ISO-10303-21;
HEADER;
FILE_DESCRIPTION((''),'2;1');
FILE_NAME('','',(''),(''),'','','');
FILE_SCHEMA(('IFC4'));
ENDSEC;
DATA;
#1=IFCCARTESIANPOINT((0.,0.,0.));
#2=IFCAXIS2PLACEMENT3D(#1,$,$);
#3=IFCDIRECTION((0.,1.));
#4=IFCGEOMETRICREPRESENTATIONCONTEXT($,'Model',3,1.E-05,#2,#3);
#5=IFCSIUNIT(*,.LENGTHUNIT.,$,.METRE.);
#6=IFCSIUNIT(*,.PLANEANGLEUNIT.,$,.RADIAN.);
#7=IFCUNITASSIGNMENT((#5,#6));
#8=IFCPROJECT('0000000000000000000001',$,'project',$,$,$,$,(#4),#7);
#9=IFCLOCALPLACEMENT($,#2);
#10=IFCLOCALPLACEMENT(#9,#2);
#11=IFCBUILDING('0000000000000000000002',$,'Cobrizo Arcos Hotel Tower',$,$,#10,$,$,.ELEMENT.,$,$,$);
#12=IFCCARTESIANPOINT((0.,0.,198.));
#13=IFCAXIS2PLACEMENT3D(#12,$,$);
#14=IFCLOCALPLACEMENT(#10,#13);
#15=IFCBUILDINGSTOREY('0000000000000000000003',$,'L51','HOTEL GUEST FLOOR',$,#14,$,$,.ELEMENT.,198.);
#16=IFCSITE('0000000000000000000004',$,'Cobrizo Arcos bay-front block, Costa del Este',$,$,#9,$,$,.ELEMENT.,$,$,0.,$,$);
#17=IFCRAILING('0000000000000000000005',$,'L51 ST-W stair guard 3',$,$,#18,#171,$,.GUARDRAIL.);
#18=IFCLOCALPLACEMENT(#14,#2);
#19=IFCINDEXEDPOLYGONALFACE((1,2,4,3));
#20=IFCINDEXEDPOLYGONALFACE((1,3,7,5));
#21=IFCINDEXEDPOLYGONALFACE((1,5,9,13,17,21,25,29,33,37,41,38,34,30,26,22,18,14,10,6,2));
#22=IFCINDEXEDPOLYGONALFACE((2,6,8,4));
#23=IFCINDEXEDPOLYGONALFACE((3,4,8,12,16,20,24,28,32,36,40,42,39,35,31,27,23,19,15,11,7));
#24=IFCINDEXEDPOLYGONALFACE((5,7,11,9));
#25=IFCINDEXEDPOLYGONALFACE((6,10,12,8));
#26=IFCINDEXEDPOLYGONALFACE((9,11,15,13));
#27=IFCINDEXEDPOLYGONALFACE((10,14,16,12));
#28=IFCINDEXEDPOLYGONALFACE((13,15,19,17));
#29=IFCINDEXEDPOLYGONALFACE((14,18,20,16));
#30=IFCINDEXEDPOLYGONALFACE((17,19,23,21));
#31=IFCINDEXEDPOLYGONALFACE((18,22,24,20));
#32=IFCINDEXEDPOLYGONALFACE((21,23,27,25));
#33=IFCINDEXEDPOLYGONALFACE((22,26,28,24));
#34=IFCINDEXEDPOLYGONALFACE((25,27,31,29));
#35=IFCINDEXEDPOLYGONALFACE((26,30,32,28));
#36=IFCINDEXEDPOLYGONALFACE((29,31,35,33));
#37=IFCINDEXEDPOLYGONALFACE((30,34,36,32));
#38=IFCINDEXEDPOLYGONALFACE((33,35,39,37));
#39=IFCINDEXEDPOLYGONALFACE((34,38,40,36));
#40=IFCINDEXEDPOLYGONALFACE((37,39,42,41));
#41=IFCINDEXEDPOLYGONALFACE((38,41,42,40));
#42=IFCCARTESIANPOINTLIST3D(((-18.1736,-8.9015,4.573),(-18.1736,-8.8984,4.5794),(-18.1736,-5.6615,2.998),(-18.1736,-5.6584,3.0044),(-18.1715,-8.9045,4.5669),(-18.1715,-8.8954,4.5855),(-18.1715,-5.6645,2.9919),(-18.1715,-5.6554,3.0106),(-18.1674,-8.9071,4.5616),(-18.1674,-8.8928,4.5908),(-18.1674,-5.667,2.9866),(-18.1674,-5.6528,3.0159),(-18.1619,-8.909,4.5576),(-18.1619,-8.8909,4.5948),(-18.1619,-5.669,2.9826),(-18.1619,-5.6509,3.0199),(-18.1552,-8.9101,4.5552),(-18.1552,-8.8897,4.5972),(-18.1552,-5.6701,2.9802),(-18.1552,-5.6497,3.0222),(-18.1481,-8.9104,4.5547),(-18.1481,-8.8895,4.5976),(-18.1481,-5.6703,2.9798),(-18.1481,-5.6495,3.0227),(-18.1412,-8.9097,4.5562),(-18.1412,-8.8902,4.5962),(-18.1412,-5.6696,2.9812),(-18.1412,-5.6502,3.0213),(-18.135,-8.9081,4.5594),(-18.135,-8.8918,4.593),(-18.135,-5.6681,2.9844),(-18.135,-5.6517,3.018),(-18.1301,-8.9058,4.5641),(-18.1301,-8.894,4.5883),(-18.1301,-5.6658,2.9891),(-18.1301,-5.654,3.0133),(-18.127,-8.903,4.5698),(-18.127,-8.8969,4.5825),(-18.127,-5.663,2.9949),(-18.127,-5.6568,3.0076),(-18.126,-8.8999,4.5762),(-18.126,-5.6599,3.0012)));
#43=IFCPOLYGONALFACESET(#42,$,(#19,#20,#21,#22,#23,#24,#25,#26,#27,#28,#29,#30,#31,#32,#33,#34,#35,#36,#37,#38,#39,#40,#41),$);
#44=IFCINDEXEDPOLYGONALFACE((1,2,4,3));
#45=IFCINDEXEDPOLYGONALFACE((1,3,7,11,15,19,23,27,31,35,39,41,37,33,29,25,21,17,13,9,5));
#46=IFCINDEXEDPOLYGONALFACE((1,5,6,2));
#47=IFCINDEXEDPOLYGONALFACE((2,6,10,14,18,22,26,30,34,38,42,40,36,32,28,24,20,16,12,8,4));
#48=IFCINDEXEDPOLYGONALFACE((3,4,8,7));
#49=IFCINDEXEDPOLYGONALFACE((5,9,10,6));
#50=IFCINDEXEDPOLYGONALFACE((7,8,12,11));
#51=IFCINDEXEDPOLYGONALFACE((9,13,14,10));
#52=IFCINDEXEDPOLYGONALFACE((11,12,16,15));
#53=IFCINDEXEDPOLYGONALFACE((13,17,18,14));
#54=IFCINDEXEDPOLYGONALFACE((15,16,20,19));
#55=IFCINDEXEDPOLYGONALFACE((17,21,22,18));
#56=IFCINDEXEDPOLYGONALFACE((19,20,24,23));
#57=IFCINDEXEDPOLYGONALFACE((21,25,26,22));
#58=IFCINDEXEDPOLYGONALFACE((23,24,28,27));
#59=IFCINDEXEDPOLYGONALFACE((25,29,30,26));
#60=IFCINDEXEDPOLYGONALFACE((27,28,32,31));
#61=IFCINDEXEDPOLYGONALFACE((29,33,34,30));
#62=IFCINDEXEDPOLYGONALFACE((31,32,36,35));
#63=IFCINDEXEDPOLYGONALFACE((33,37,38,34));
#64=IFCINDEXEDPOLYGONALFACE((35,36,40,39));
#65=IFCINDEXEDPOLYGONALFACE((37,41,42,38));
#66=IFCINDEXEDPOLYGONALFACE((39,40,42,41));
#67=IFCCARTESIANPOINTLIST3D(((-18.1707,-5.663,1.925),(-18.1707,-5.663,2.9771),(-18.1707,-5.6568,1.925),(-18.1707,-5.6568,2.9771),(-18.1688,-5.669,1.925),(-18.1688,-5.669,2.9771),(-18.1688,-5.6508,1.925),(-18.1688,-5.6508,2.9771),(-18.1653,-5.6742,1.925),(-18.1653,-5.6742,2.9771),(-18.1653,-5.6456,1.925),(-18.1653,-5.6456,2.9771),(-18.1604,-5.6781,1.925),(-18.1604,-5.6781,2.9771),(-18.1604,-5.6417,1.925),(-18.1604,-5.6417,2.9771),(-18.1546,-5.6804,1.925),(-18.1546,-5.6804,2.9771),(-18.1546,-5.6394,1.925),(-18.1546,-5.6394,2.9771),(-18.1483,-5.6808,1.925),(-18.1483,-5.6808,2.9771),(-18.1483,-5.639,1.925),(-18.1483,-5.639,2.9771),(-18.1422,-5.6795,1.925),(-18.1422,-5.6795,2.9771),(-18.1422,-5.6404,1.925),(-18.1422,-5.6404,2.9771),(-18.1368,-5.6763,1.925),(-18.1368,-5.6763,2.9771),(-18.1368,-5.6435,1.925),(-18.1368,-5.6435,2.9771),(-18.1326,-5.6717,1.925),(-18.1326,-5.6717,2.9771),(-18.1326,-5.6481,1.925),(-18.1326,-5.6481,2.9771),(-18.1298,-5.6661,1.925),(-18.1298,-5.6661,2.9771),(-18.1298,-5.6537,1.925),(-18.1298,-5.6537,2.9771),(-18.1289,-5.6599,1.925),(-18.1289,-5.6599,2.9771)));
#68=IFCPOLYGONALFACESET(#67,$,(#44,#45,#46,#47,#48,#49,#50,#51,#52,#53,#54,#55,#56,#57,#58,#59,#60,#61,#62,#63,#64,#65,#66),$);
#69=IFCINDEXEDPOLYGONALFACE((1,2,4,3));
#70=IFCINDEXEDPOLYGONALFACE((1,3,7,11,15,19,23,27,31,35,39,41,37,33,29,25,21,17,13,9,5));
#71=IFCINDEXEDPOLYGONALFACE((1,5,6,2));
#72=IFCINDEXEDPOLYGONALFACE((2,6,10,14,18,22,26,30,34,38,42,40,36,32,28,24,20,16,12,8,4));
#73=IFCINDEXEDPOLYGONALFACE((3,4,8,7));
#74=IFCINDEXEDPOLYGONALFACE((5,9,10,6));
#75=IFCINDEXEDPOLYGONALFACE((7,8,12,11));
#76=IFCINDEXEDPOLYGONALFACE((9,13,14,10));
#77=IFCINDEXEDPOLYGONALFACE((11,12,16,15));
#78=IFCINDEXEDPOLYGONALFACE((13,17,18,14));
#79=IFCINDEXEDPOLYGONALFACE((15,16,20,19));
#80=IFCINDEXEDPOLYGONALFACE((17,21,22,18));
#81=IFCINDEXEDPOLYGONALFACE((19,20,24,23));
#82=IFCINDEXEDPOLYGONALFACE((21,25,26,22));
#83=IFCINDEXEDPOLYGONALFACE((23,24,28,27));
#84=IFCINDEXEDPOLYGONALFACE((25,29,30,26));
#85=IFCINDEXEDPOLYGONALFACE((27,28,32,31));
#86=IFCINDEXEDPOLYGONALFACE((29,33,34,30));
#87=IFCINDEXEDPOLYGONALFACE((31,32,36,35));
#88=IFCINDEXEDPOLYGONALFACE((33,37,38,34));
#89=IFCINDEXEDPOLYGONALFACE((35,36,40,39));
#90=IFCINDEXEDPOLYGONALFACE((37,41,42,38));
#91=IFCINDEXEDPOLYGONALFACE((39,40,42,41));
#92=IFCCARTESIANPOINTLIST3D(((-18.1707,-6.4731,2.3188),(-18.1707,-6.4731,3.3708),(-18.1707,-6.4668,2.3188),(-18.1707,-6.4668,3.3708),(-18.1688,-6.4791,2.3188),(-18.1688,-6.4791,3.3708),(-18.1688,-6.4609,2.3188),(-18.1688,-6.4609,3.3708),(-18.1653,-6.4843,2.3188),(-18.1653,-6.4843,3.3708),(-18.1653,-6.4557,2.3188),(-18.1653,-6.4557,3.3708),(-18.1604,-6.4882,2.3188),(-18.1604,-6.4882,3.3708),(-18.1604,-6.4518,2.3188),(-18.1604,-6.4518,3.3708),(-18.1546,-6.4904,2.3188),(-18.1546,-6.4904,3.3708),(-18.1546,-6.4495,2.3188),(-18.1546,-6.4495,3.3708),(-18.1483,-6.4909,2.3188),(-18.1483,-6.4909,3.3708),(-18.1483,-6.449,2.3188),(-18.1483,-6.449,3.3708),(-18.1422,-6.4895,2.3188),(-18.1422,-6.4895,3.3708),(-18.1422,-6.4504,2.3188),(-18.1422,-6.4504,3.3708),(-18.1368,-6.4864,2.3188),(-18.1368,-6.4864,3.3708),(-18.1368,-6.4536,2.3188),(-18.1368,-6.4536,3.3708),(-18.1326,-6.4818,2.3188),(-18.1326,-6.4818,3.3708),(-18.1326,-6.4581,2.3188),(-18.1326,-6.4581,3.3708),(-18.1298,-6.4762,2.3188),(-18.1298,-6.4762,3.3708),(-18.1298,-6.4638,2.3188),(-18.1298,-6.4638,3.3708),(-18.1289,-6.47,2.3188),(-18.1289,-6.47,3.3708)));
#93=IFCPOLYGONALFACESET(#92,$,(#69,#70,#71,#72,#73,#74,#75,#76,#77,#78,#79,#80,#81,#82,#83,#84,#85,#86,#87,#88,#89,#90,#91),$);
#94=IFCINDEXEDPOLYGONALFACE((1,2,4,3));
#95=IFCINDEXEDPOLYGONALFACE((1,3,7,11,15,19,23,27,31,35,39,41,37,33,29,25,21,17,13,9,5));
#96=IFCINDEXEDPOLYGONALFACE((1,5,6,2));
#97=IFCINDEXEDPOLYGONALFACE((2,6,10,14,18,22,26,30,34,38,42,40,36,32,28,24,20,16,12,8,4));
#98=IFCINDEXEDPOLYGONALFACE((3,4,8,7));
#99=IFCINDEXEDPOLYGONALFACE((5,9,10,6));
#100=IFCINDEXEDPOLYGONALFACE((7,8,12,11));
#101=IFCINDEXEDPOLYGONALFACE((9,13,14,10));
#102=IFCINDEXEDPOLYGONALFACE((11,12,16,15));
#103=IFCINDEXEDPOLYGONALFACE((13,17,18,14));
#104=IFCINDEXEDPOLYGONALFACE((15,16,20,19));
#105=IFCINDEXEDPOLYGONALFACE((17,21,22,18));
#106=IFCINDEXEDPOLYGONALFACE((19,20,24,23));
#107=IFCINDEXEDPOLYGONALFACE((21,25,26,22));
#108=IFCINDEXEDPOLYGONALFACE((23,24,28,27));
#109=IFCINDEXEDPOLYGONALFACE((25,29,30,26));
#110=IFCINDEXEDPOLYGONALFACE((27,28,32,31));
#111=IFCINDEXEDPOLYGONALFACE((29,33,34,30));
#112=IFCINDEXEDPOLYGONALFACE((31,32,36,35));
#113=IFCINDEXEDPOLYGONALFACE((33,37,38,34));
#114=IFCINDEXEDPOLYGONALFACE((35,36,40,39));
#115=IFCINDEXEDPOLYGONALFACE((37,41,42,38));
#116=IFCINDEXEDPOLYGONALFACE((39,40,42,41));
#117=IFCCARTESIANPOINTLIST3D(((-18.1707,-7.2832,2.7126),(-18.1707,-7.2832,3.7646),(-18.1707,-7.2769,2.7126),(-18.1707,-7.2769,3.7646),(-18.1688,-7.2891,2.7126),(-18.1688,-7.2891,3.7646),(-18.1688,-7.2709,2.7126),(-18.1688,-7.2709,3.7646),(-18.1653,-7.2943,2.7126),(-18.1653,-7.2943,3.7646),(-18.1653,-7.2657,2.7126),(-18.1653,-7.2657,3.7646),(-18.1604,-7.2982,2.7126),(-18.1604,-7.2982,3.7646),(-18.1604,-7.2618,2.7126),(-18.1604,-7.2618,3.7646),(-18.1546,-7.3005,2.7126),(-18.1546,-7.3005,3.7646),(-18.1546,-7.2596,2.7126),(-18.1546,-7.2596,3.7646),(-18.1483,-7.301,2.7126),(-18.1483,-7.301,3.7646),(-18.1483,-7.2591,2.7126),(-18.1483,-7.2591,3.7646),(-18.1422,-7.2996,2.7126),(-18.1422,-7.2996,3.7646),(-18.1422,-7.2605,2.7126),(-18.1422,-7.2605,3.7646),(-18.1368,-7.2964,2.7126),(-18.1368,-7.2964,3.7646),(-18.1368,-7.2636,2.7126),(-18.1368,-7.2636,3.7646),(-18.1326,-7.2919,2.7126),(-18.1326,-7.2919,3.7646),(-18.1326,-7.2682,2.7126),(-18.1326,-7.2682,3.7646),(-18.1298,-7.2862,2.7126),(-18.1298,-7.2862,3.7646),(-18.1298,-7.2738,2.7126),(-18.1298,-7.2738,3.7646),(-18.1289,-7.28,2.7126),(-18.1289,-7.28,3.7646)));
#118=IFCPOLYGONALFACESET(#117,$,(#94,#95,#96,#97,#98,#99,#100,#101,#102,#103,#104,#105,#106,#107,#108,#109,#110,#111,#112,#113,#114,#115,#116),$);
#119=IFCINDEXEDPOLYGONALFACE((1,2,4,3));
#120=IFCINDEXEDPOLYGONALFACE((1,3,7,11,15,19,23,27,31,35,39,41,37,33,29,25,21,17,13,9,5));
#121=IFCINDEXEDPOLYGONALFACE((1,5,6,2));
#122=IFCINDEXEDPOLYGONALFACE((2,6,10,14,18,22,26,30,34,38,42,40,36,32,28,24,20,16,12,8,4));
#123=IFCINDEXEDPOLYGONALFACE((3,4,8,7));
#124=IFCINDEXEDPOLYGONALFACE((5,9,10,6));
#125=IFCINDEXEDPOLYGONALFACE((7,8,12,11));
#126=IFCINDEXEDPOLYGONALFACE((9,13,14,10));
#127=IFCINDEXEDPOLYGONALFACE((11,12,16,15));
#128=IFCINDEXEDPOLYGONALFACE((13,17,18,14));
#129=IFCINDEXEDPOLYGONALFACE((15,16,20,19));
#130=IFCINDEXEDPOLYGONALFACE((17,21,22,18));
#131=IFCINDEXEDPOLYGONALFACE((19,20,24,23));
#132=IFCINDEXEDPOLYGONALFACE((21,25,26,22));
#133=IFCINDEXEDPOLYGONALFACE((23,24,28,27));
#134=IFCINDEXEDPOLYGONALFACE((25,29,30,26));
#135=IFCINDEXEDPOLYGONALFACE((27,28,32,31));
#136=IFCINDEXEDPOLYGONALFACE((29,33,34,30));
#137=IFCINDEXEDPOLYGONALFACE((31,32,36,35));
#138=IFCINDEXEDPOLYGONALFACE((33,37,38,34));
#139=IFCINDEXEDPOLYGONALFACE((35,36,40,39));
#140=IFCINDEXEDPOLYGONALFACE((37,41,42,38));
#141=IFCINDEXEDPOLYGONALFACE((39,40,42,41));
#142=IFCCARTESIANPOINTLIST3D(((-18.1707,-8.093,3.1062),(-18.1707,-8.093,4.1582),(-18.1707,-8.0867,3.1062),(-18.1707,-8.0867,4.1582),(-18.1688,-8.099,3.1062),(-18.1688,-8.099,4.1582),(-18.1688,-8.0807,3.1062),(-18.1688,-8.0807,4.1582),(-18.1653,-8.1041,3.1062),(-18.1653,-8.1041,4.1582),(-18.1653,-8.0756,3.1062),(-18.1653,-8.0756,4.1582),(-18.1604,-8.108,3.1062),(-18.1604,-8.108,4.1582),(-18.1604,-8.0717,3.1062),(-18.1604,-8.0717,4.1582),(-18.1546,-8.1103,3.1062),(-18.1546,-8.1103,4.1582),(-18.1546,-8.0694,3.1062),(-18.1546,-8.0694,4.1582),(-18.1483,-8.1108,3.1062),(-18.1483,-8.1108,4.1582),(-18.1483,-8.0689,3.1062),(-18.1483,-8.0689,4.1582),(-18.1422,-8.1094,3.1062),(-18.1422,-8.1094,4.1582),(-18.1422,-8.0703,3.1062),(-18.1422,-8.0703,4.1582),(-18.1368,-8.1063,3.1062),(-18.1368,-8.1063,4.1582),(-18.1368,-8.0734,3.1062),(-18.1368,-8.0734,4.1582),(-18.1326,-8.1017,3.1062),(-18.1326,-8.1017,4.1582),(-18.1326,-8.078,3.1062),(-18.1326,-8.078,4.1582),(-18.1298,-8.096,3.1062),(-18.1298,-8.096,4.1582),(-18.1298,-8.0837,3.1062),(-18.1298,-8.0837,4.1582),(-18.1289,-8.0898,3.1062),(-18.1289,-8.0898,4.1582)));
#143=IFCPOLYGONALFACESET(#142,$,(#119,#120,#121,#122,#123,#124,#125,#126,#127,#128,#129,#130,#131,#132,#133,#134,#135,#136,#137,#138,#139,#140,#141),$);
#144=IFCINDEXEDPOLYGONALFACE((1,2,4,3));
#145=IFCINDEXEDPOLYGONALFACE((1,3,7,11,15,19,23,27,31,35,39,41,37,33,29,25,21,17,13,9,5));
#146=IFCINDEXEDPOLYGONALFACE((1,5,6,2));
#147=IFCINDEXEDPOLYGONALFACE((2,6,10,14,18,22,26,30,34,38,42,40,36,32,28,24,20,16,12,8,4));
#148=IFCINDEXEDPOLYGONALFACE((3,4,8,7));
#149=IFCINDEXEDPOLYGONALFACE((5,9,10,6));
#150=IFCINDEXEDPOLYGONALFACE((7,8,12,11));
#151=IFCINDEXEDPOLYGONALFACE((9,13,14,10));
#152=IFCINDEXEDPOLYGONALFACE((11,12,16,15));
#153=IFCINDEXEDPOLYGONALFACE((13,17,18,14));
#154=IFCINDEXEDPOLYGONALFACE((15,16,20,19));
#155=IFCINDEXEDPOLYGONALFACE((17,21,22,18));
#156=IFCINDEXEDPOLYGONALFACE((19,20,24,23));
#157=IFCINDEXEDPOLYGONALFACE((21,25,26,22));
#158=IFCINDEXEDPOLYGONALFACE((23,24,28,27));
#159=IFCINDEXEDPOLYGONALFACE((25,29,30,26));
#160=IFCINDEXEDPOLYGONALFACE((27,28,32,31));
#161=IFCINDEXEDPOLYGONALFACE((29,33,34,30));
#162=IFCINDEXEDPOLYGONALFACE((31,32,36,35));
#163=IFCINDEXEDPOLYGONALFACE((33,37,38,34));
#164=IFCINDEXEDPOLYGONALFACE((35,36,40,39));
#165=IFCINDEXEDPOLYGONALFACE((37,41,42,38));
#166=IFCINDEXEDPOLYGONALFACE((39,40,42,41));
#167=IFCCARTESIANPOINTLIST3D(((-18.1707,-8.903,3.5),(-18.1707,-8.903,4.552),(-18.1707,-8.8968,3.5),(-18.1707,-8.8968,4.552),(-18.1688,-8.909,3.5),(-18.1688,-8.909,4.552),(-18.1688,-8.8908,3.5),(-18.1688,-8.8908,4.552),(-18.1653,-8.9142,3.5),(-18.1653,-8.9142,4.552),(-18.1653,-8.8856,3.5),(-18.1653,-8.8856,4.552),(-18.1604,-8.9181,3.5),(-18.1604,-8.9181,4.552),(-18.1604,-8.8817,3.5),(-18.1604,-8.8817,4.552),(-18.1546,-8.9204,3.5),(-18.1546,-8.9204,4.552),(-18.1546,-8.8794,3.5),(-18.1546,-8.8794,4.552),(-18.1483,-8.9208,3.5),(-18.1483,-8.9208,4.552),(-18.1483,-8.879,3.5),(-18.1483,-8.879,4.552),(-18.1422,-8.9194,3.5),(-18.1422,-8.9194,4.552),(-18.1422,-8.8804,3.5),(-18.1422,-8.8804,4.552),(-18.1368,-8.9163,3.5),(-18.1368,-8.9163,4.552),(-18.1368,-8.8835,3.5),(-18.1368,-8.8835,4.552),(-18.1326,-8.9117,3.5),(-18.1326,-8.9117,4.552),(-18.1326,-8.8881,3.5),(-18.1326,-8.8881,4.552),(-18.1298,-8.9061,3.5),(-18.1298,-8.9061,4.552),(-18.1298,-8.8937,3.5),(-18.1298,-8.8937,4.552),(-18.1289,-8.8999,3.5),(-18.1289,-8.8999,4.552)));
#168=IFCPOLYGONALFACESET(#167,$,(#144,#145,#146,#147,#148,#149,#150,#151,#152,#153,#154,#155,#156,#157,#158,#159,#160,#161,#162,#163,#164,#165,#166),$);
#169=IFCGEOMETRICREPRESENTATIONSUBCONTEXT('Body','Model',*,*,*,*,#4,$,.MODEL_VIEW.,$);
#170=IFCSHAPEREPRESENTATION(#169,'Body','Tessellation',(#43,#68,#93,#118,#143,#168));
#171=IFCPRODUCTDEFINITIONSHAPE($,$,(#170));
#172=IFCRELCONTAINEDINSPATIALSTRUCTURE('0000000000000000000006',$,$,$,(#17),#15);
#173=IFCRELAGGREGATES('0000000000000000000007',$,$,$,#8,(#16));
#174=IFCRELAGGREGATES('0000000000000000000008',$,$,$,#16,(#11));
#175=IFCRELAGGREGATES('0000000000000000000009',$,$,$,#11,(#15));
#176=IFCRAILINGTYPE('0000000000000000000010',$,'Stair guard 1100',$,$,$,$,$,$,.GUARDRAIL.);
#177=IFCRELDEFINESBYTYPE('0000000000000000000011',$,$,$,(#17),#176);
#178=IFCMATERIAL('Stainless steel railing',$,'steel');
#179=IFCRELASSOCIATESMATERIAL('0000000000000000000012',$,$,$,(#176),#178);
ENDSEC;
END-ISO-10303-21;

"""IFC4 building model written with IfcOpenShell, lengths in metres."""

from ifc_helpers import new_model, si_unit, direction, frame, origin, origin_2d, place, context, subcontext, project, spatial, circle, extrude, material, type_object, element, save


model = new_model("IFC4")

# Units and contexts
model_context = context("Model", 3, precision=1e-05, world=origin(), true_north=direction((0.0, 1.0)))
body_context = subcontext(model_context, "Body", "Model", "MODEL_VIEW")
ifc_project = project(units=[si_unit("LENGTHUNIT", "METRE"), si_unit("PLANEANGLEUNIT", "RADIAN")], contexts=[model_context])

# Site, building, storey
site_placement = place(None, origin())
site = spatial("IfcSite", under=ifc_project, at=site_placement, Name="Cobrizo Arcos bay-front block, Costa del Este", CompositionType="ELEMENT", RefElevation=0.0)
building_placement = place(site_placement, origin())
building = spatial("IfcBuilding", under=site, at=building_placement, Name="Cobrizo Arcos Hotel Tower", CompositionType="ELEMENT")
storey_placement = place(building_placement, frame((0.0, 0.0, 198.0)))
storey = spatial("IfcBuildingStorey", under=building, at=storey_placement, Name="L51", Description="HOTEL GUEST FLOOR", CompositionType="ELEMENT", Elevation=198.0)

# Railing
ifc_material_1 = material(Name="Stainless steel railing", Category="steel")
railing_type_1 = type_object("IfcRailingType", Name="Stair guard 1100", PredefinedType="GUARDRAIL", material=ifc_material_1)
railing_1_placement = place(storey_placement, frame((-18.1499, -5.6599, 1.925)))
element("IfcRailing", 1, at=railing_1_placement, inside=storey, type_object=railing_type_1, Name="L51 ST-W stair guard 3", PredefinedType="GUARDRAIL", context=body_context, shape_type="SweptSolid", body=[
    extrude(circle(Radius=0.0239, at=origin_2d()), frame((0.0, 0.0, 1.0762), z_axis=(0.0, -0.899373, 0.437183), x_axis=(1.0, 0.0, 0.0)), (0.0, 0.0, 1.0), 3.6025),
    extrude(circle(Radius=0.021, at=origin_2d()), origin(), (0.0, 0.0, 1.0), 1.052),
    extrude(circle(Radius=0.021, at=origin_2d()), frame((0.0, -0.8101, 0.3938)), (0.0, 0.0, 1.0), 1.052),
    extrude(circle(Radius=0.021, at=origin_2d()), frame((0.0, -1.6201, 0.7876)), (0.0, 0.0, 1.0), 1.052),
    extrude(circle(Radius=0.021, at=origin_2d()), frame((0.0, -2.4299, 1.1812)), (0.0, 0.0, 1.0), 1.052),
    extrude(circle(Radius=0.021, at=origin_2d()), frame((0.0, -3.24, 1.575)), (0.0, 0.0, 1.0), 1.052),
])

save(model, "model.ifc")
